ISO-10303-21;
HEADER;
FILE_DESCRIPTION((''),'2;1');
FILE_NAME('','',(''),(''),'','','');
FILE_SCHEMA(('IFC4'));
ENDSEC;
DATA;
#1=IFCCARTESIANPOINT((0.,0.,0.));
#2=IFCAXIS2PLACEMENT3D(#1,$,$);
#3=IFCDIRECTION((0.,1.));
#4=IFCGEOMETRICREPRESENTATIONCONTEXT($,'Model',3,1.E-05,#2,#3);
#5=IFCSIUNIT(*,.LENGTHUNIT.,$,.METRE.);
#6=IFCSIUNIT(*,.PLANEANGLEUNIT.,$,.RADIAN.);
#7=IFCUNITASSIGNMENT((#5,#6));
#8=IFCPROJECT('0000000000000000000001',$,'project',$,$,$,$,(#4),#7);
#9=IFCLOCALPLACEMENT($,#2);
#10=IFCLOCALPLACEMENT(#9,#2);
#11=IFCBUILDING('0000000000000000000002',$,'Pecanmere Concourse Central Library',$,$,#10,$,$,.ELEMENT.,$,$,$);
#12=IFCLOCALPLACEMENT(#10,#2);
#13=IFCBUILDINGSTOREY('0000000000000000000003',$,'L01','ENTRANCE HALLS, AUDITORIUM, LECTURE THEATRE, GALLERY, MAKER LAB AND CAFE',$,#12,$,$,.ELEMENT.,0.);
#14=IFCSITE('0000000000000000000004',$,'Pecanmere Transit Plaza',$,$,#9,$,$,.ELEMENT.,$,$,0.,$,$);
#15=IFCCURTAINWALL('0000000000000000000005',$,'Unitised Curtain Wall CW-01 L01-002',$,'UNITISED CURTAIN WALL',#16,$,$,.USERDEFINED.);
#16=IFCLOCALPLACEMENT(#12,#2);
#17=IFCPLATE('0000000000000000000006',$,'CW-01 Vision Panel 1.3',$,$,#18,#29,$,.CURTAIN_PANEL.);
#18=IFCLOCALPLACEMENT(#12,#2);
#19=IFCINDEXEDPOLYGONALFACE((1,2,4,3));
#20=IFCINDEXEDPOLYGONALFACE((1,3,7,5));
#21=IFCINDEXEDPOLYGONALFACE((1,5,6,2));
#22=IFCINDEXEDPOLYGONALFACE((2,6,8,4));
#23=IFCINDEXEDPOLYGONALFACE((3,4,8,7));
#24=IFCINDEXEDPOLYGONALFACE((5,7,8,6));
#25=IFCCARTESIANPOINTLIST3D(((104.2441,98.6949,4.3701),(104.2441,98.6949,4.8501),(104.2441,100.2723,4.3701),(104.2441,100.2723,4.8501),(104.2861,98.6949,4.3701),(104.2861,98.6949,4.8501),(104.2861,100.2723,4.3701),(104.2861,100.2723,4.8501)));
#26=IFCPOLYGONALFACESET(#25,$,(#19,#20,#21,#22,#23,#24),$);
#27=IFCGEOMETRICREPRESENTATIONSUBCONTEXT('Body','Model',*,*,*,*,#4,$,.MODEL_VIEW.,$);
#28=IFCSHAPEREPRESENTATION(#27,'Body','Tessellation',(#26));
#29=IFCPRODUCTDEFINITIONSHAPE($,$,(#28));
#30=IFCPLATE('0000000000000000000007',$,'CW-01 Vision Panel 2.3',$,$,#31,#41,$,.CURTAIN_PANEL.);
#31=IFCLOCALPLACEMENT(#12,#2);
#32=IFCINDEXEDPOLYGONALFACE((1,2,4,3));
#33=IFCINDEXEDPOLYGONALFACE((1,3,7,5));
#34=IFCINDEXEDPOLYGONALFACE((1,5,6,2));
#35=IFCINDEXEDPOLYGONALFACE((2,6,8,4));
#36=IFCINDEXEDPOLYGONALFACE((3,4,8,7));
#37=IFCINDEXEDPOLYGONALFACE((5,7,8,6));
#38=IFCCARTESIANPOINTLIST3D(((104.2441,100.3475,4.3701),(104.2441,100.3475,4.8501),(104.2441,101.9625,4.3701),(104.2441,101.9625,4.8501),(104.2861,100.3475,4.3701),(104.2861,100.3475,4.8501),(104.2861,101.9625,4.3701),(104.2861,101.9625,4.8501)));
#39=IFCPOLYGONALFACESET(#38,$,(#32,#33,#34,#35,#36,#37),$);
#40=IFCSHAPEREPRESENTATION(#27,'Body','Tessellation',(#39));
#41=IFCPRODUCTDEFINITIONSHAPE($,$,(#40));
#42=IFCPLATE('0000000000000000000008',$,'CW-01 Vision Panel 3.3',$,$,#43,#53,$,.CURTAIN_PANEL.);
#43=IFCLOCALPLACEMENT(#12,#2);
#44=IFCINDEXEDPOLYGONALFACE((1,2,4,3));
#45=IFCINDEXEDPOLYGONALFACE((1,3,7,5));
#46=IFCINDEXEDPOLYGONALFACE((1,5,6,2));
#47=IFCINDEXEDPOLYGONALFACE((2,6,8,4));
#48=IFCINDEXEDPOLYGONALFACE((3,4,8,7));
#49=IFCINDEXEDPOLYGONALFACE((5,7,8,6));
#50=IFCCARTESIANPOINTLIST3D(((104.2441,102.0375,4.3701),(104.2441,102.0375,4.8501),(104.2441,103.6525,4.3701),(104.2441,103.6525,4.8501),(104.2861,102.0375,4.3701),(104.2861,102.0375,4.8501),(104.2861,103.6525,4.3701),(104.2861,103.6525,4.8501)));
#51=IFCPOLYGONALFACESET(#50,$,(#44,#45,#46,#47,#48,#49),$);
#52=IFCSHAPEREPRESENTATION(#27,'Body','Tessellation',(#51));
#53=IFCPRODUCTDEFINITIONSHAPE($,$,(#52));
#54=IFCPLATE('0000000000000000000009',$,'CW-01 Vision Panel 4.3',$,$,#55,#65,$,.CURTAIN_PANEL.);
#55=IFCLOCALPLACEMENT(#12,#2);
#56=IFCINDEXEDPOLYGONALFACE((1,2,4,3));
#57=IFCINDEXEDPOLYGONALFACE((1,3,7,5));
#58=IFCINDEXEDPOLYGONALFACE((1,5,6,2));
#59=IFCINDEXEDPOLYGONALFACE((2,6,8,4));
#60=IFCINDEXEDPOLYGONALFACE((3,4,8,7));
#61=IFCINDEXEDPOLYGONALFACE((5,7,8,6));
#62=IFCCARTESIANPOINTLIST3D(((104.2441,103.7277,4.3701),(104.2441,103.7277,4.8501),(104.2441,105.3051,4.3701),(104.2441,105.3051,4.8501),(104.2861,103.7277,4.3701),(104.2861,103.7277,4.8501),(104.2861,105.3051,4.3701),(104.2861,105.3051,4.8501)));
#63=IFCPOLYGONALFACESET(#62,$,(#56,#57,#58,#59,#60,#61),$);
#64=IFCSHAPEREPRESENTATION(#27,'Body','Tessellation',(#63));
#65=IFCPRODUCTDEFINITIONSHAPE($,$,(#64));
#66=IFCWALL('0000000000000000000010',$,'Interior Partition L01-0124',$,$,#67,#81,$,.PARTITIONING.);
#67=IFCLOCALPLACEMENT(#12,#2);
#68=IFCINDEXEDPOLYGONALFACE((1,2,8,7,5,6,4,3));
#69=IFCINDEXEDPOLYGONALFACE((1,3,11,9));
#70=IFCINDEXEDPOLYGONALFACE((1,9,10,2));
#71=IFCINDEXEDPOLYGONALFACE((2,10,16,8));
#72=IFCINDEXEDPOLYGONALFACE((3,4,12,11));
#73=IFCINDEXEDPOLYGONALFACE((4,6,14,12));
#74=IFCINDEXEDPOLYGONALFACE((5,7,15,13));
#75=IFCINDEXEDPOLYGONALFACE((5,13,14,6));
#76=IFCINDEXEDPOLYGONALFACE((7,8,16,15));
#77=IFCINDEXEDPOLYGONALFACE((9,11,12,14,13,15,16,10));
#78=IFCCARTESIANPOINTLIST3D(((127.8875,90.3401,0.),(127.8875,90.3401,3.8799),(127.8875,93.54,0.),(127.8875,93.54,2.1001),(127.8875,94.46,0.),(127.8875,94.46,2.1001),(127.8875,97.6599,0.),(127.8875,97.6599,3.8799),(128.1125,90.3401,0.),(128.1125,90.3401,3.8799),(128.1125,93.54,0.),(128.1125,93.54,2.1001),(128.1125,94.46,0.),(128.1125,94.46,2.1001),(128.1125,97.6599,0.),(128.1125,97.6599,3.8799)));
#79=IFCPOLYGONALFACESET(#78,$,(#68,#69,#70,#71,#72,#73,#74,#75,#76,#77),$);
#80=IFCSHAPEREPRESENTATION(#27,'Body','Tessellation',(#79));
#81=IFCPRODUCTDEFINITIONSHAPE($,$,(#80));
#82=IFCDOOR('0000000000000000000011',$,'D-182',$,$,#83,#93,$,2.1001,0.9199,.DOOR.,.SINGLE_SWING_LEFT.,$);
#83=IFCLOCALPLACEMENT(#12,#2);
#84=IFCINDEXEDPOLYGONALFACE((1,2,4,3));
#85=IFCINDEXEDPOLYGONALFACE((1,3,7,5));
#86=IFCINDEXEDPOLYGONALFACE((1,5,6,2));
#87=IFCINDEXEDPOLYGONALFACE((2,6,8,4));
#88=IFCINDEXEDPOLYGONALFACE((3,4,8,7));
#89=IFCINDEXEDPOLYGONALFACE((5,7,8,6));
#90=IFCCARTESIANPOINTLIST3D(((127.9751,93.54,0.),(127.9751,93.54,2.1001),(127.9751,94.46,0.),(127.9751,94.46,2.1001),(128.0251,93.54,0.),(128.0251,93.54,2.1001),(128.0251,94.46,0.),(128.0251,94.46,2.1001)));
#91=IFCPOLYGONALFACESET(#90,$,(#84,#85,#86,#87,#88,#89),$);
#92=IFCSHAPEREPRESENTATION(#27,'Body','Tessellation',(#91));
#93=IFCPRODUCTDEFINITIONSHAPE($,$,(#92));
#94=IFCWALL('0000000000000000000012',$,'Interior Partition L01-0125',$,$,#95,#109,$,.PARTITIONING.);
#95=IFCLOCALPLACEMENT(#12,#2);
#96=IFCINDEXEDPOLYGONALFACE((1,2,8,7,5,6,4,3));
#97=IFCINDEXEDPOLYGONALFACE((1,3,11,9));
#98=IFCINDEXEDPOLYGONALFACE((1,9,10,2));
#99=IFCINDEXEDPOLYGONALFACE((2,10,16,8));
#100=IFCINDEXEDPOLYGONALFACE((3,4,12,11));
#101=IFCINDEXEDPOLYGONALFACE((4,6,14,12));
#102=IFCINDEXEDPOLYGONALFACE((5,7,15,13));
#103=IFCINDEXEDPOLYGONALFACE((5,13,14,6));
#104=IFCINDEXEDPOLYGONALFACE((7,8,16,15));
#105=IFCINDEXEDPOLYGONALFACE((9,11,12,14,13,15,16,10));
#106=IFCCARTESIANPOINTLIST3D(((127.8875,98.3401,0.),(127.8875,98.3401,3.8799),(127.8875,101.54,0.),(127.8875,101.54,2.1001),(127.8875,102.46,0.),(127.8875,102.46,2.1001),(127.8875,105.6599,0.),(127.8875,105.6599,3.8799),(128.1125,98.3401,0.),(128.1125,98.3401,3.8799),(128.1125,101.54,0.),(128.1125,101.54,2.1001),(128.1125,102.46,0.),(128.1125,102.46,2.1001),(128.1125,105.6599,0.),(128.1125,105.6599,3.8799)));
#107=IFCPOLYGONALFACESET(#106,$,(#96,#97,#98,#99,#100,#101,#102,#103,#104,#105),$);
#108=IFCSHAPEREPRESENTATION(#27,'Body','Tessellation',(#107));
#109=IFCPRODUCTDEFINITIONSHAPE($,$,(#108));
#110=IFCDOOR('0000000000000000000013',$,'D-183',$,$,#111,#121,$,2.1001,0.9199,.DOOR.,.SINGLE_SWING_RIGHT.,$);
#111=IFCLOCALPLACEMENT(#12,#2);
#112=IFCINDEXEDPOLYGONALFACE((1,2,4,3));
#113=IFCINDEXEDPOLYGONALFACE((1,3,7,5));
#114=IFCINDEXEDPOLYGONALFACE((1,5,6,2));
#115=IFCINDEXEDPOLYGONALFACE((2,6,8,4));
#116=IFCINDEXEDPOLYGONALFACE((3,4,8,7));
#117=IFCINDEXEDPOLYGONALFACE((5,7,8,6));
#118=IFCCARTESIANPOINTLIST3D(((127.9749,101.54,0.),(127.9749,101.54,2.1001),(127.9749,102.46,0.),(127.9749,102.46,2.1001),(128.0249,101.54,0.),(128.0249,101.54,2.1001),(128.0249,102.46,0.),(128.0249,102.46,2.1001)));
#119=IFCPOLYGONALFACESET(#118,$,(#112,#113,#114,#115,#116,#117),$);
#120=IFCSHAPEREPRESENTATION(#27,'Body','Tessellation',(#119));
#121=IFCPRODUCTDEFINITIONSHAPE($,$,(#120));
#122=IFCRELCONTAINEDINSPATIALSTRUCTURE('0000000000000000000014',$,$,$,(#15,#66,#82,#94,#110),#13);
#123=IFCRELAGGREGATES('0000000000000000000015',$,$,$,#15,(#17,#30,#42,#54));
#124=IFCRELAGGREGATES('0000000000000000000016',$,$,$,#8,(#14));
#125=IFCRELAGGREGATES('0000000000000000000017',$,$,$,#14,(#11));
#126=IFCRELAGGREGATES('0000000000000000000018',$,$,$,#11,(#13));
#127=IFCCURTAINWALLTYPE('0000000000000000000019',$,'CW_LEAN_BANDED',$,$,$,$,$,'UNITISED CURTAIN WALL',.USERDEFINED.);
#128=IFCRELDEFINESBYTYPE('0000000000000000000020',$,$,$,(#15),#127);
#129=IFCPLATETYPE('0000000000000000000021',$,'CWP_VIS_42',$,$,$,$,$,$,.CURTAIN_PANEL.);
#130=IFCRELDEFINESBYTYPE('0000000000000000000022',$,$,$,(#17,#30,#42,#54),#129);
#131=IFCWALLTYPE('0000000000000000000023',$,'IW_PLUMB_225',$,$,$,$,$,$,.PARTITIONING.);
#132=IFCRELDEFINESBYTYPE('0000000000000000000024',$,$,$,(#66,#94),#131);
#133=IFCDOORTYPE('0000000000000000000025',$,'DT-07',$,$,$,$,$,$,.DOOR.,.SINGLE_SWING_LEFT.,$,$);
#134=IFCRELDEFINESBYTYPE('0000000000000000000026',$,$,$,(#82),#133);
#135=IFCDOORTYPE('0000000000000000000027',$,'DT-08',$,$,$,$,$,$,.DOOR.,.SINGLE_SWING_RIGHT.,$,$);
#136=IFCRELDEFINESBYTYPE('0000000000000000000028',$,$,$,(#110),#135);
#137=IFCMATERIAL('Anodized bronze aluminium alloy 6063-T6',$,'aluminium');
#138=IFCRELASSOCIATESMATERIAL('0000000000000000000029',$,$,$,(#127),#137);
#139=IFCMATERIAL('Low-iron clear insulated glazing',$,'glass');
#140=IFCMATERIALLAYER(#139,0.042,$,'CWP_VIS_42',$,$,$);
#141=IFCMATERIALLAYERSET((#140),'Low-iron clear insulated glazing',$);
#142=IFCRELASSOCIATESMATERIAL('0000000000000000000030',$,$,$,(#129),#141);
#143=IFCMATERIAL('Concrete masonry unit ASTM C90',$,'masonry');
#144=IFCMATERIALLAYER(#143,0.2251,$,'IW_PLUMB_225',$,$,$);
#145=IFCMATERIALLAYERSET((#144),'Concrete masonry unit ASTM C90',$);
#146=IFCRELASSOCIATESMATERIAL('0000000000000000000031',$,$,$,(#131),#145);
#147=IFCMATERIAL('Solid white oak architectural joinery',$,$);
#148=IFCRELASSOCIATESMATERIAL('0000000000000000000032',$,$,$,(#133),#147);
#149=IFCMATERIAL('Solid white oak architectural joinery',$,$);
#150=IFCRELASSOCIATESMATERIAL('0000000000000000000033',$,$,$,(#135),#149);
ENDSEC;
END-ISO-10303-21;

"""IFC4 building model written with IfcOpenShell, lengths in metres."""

from ifc_helpers import new_model, si_unit, direction, frame, frame_2d, origin, origin_2d, place, context, subcontext, project, spatial, rectangle, extrude, material, layer, layer_set, type_object, element, fill, aggregate, save


model = new_model("IFC4")

# Units and contexts
model_context = context("Model", 3, precision=1e-05, world=origin(), true_north=direction((0.0, 1.0)))
body_context = subcontext(model_context, "Body", "Model", "MODEL_VIEW")
ifc_project = project(units=[si_unit("LENGTHUNIT", "METRE"), si_unit("PLANEANGLEUNIT", "RADIAN")], contexts=[model_context])

# Site, building, storey
site_placement = place(None, origin())
site = spatial("IfcSite", under=ifc_project, at=site_placement, Name="Pecanmere Transit Plaza", CompositionType="ELEMENT", RefElevation=0.0)
building_placement = place(site_placement, origin())
building = spatial("IfcBuilding", under=site, at=building_placement, Name="Pecanmere Concourse Central Library", CompositionType="ELEMENT")
storey_placement = place(building_placement, origin())
storey = spatial("IfcBuildingStorey", under=building, at=storey_placement, Name="L01", Description="ENTRANCE HALLS, AUDITORIUM, LECTURE THEATRE, GALLERY, MAKER LAB AND CAFE", CompositionType="ELEMENT", Elevation=0.0)

# Curtain wall
ifc_material_1 = material(Name="Anodized bronze aluminium alloy 6063-T6", Category="aluminium")
curtain_wall_type_1 = type_object("IfcCurtainWallType", Name="CW_LEAN_BANDED", ElementType="UNITISED CURTAIN WALL", PredefinedType="USERDEFINED", material=ifc_material_1)
curtain_wall_1_placement = place(storey_placement, origin())
curtain_wall_1 = element("IfcCurtainWall", 1, at=curtain_wall_1_placement, inside=storey, type_object=curtain_wall_type_1, Name="Unitised Curtain Wall CW-01 L01-002", ObjectType="UNITISED CURTAIN WALL", PredefinedType="USERDEFINED")

# Plates
ifc_material_2 = material(Name="Low-iron clear insulated glazing", Category="glass")
ifc_layer_1 = layer(ifc_material_2, 0.042, Name="CWP_VIS_42")
ifc_layer_set_1 = layer_set([ifc_layer_1], Name="Low-iron clear insulated glazing")
plate_type = type_object("IfcPlateType", Name="CWP_VIS_42", PredefinedType="CURTAIN_PANEL", material=ifc_layer_set_1)
plate_1_placement = place(storey_placement, frame((104.2651, 99.4836, 4.3701), z_axis=(0.0, 0.0, 1.0), x_axis=(0.0, 1.0, 0.0)))
plate_1 = element("IfcPlate", 2, at=plate_1_placement, type_object=plate_type, Name="CW-01 Vision Panel 1.3", PredefinedType="CURTAIN_PANEL", context=body_context, shape_type="SweptSolid", body=[
    extrude(rectangle(XDim=1.5774, YDim=0.042, at=origin_2d()), origin(), (0.0, 0.0, 1.0), 0.48),
])
plate_2_placement = place(storey_placement, frame((104.2651, 101.155, 4.3701), z_axis=(0.0, 0.0, 1.0), x_axis=(0.0, 1.0, 0.0)))
plate_2 = element("IfcPlate", 3, at=plate_2_placement, type_object=plate_type, Name="CW-01 Vision Panel 2.3", PredefinedType="CURTAIN_PANEL", context=body_context, shape_type="SweptSolid", body=[
    extrude(rectangle(XDim=1.615, YDim=0.042, at=origin_2d()), origin(), (0.0, 0.0, 1.0), 0.48),
])
plate_3_placement = place(storey_placement, frame((104.2651, 102.845, 4.3701), z_axis=(0.0, 0.0, 1.0), x_axis=(0.0, 1.0, 0.0)))
plate_3 = element("IfcPlate", 4, at=plate_3_placement, type_object=plate_type, Name="CW-01 Vision Panel 3.3", PredefinedType="CURTAIN_PANEL", context=body_context, shape_type="SweptSolid", body=[
    extrude(rectangle(XDim=1.615, YDim=0.042, at=origin_2d()), origin(), (0.0, 0.0, 1.0), 0.48),
])
plate_4_placement = place(storey_placement, frame((104.2651, 104.5164, 4.3701), z_axis=(0.0, 0.0, 1.0), x_axis=(0.0, 1.0, 0.0)))
plate_4 = element("IfcPlate", 5, at=plate_4_placement, type_object=plate_type, Name="CW-01 Vision Panel 4.3", PredefinedType="CURTAIN_PANEL", context=body_context, shape_type="SweptSolid", body=[
    extrude(rectangle(XDim=1.5774, YDim=0.042, at=origin_2d()), origin(), (0.0, 0.0, 1.0), 0.48),
])
aggregate(curtain_wall_1, [plate_1, plate_2, plate_3, plate_4])

# Walls, openings, doors
ifc_material_3 = material(Name="Concrete masonry unit ASTM C90", Category="masonry")
ifc_layer_2 = layer(ifc_material_3, 0.2251, Name="IW_PLUMB_225")
ifc_layer_set_2 = layer_set([ifc_layer_2], Name="Concrete masonry unit ASTM C90")
wall_type = type_object("IfcWallType", Name="IW_PLUMB_225", PredefinedType="PARTITIONING", material=ifc_layer_set_2)
wall_1_placement = place(storey_placement, frame((128.0, 90.3401, 0.0), z_axis=(0.0, 0.0, 1.0), x_axis=(0.0, 1.0, 0.0)))
wall_1 = element("IfcWall", 6, at=wall_1_placement, inside=storey, type_object=wall_type, Name="Interior Partition L01-0124", PredefinedType="PARTITIONING", context=body_context, shape_type="SweptSolid", body=[
    extrude(rectangle(XDim=7.3198, YDim=0.2251, at=frame_2d((3.6599, 0.0))), origin(), (0.0, 0.0, 1.0), 3.8799),
])
opening_1_placement = place(wall_1_placement, frame((3.2, 0.0, 0.0)))
opening_1 = element("IfcOpeningElement", 7, at=opening_1_placement, cuts=wall_1, PredefinedType="OPENING", context=body_context, shape_type="SweptSolid", body=[
    extrude(rectangle(XDim=0.9199, YDim=2.1001, at=frame_2d((0.46, 1.05))), frame((0.0, 0.1245, 0.0), z_axis=(0.0, -1.0, 0.0), x_axis=(1.0, 0.0, 0.0)), (0.0, 0.0, 1.0), 0.249),
])
ifc_material_4 = material(Name="Solid white oak architectural joinery")
door_type_1 = type_object("IfcDoorType", Name="DT-07", OperationType="SINGLE_SWING_LEFT", PredefinedType="DOOR", material=ifc_material_4)
door_1_placement = place(opening_1_placement, origin())
door_1 = element("IfcDoor", 8, at=door_1_placement, inside=storey, type_object=door_type_1, Name="D-182", OperationType="SINGLE_SWING_LEFT", OverallHeight=2.1001, OverallWidth=0.9199, PredefinedType="DOOR", context=body_context, shape_type="SweptSolid", body=[
    extrude(rectangle(XDim=0.9199, YDim=2.1001, at=frame_2d((0.46, 1.05))), frame((0.0, 0.0249, 0.0), z_axis=(0.0, -1.0, 0.0), x_axis=(1.0, 0.0, 0.0)), (0.0, 0.0, 1.0), 0.05),
])
fill(opening_1, door_1)
wall_2_placement = place(storey_placement, frame((128.0, 98.3401, 0.0), z_axis=(0.0, 0.0, 1.0), x_axis=(0.0, 1.0, 0.0)))
wall_2 = element("IfcWall", 9, at=wall_2_placement, inside=storey, type_object=wall_type, Name="Interior Partition L01-0125", PredefinedType="PARTITIONING", context=body_context, shape_type="SweptSolid", body=[
    extrude(rectangle(XDim=7.3198, YDim=0.2251, at=frame_2d((3.6599, 0.0))), origin(), (0.0, 0.0, 1.0), 3.8799),
])
opening_2_placement = place(wall_2_placement, frame((3.2, 0.0, 0.0)))
opening_2 = element("IfcOpeningElement", 10, at=opening_2_placement, cuts=wall_2, PredefinedType="OPENING", context=body_context, shape_type="SweptSolid", body=[
    extrude(rectangle(XDim=0.9199, YDim=2.1001, at=frame_2d((0.46, 1.05))), frame((0.0, 0.1245, 0.0), z_axis=(0.0, -1.0, 0.0), x_axis=(1.0, 0.0, 0.0)), (0.0, 0.0, 1.0), 0.249),
])
ifc_material_5 = material(Name="Solid white oak architectural joinery")
door_type_2 = type_object("IfcDoorType", Name="DT-08", OperationType="SINGLE_SWING_RIGHT", PredefinedType="DOOR", material=ifc_material_5)
door_2_placement = place(opening_2_placement, frame((0.9199, 0.0, 0.0), z_axis=(0.0, 0.0, 1.0), x_axis=(-1.0, 0.0, 0.0)))
door_2 = element("IfcDoor", 11, at=door_2_placement, inside=storey, type_object=door_type_2, Name="D-183", OperationType="SINGLE_SWING_RIGHT", OverallHeight=2.1001, OverallWidth=0.9199, PredefinedType="DOOR", context=body_context, shape_type="SweptSolid", body=[
    extrude(rectangle(XDim=0.9199, YDim=2.1001, at=frame_2d((0.46, 1.05))), frame((0.0, 0.0249, 0.0), z_axis=(0.0, -1.0, 0.0), x_axis=(1.0, 0.0, 0.0)), (0.0, 0.0, 1.0), 0.05),
])
fill(opening_2, door_2)

save(model, "model.ifc")
